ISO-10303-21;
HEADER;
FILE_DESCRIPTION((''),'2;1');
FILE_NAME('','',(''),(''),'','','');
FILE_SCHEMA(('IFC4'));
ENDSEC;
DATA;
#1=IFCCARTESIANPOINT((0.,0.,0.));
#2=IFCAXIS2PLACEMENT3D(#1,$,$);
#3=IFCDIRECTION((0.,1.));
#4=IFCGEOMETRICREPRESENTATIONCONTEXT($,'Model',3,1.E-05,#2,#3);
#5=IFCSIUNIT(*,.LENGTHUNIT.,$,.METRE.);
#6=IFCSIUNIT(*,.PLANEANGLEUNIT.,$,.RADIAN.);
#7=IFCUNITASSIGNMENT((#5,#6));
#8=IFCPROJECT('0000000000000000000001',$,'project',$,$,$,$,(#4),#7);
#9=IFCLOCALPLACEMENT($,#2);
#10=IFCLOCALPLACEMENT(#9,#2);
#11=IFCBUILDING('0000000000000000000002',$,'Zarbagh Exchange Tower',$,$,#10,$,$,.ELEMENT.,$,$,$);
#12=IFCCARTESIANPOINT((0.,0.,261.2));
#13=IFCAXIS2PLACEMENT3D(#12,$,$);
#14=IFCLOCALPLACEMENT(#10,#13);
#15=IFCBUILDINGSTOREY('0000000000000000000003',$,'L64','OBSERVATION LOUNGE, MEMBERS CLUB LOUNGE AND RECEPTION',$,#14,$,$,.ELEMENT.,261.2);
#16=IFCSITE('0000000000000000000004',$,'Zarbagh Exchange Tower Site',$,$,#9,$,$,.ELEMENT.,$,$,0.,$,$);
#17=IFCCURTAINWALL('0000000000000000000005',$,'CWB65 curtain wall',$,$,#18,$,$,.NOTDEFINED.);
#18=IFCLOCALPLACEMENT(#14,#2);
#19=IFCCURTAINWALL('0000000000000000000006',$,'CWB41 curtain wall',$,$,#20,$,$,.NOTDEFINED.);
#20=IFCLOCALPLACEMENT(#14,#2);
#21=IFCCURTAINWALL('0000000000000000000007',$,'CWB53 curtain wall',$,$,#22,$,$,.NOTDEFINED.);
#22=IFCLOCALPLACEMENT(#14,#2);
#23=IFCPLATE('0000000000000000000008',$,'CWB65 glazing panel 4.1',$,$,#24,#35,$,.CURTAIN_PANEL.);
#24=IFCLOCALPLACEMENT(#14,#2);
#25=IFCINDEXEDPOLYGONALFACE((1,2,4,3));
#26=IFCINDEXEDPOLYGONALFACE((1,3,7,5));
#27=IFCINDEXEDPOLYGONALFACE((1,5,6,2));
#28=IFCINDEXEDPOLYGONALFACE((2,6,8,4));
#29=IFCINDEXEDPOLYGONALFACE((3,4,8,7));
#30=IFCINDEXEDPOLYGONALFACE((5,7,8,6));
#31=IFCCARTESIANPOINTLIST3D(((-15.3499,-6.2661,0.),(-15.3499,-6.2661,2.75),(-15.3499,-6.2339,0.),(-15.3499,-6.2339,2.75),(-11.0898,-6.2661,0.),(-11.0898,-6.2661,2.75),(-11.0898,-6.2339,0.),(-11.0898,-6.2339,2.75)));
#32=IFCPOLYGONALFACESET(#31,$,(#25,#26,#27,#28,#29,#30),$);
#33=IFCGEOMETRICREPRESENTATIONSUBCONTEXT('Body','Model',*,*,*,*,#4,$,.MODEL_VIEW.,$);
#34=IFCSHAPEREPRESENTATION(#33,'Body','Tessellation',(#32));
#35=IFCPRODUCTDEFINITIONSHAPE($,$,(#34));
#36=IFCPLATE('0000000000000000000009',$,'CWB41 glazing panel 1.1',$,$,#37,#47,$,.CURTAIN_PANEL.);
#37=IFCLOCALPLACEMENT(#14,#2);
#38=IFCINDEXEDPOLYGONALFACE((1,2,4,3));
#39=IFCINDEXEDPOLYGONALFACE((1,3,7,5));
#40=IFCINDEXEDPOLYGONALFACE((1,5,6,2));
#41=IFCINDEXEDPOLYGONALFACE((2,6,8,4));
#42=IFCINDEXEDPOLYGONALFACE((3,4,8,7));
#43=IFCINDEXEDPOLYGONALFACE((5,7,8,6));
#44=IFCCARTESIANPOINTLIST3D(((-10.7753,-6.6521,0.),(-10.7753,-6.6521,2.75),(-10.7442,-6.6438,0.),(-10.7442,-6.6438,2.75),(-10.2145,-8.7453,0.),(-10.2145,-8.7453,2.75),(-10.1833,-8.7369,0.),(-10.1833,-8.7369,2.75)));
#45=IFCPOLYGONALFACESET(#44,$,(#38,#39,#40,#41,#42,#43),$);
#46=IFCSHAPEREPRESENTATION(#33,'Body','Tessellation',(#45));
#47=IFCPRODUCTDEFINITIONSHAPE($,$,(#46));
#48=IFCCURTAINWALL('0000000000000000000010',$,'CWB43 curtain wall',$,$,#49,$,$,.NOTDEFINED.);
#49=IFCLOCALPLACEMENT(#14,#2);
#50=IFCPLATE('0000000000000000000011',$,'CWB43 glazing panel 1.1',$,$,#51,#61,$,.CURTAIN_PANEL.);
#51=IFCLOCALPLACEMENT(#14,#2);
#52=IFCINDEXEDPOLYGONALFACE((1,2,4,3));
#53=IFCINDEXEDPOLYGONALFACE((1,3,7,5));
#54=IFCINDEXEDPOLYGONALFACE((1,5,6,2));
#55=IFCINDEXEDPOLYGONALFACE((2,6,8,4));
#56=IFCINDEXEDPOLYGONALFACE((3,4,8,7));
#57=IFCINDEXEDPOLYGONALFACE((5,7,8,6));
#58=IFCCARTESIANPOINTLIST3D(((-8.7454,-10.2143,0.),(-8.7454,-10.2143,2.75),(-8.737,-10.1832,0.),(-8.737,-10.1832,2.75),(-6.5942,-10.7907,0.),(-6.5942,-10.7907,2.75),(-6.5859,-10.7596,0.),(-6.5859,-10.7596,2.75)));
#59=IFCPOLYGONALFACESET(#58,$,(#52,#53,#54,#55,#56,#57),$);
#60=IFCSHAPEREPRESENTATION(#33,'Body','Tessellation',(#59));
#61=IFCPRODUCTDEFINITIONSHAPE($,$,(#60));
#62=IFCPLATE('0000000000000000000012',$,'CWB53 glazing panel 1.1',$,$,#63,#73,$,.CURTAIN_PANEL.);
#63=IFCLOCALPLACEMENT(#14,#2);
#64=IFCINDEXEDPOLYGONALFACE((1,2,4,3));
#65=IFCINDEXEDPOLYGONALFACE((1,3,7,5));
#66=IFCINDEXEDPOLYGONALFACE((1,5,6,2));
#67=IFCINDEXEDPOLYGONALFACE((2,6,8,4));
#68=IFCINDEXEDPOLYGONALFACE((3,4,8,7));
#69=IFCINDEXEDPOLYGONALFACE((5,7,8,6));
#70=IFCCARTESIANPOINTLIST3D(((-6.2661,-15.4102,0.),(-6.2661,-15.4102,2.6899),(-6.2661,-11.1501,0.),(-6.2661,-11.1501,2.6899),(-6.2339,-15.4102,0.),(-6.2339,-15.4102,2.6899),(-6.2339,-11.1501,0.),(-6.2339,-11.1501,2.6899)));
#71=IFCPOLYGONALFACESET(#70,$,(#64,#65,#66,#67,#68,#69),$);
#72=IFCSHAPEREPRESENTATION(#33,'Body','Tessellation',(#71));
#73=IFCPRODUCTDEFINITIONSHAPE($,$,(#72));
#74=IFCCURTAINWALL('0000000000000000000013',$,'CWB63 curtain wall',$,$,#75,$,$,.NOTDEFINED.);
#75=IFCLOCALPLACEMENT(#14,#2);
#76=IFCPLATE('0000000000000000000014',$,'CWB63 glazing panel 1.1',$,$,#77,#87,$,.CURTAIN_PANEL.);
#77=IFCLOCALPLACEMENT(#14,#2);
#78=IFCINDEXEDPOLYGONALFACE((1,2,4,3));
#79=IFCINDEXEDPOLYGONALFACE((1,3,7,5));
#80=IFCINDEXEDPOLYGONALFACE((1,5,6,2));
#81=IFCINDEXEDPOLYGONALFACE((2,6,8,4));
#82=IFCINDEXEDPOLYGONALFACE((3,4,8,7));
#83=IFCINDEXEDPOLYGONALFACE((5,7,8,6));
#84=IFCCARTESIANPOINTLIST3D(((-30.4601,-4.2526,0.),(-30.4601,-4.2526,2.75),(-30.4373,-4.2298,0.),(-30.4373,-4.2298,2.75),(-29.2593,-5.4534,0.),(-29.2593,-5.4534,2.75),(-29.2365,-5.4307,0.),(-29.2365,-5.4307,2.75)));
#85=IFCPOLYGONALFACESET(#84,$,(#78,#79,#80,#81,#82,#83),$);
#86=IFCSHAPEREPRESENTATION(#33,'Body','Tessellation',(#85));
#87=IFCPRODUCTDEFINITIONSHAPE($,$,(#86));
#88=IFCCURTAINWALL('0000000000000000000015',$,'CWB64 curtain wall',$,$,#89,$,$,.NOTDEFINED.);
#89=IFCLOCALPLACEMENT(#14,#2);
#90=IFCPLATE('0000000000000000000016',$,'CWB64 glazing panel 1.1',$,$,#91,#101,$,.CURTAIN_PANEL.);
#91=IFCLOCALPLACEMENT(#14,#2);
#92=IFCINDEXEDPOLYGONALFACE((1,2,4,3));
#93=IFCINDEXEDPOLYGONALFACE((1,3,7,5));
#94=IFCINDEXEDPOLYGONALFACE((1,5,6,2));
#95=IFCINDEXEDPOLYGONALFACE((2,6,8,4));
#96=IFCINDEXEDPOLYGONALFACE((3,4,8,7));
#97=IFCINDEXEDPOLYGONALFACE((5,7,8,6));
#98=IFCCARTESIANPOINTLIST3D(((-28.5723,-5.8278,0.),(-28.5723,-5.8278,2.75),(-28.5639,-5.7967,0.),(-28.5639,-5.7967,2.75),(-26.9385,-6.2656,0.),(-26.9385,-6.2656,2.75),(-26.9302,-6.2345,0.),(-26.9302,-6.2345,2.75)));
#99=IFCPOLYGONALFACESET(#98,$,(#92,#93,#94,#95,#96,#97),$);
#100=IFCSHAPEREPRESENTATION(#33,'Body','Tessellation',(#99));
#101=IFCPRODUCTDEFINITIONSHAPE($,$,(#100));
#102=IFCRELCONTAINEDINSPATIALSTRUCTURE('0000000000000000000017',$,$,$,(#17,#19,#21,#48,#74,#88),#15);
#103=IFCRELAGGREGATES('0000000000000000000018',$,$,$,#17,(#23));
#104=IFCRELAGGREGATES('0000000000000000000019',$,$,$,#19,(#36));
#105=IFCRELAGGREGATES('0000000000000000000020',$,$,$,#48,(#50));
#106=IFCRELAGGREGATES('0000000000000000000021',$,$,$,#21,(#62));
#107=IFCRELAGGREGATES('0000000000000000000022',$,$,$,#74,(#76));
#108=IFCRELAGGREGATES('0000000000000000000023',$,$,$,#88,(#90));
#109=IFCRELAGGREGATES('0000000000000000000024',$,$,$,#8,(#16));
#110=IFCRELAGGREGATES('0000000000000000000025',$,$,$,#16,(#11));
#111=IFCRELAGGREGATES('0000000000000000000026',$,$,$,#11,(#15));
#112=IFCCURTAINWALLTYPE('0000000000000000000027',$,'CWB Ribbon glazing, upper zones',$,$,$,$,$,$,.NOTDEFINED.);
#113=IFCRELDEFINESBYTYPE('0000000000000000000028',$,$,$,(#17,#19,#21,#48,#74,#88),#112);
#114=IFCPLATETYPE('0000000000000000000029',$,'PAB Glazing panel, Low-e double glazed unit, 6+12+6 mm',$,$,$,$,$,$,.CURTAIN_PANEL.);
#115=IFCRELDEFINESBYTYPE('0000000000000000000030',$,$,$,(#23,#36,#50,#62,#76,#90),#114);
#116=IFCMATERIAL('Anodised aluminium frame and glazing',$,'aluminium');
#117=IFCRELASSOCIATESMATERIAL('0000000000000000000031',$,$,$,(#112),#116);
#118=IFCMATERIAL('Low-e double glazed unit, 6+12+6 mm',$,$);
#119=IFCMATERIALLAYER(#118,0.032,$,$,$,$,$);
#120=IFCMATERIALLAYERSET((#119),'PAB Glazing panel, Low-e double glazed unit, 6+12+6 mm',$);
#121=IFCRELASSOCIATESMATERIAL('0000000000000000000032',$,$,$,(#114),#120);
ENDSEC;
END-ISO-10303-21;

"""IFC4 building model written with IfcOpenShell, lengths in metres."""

from ifc_helpers import new_model, si_unit, direction, frame, origin, place, context, subcontext, project, spatial, polyline, outline, extrude, source, transform, mapped, material, layer, layer_set, type_object, element, aggregate, save


model = new_model("IFC4")

# Units and contexts
model_context = context("Model", 3, precision=1e-05, world=origin(), true_north=direction((0.0, 1.0)))
body_context = subcontext(model_context, "Body", "Model", "MODEL_VIEW")
ifc_project = project(units=[si_unit("LENGTHUNIT", "METRE"), si_unit("PLANEANGLEUNIT", "RADIAN")], contexts=[model_context])

# Site, building, storey
site_placement = place(None, origin())
site = spatial("IfcSite", under=ifc_project, at=site_placement, Name="Zarbagh Exchange Tower Site", CompositionType="ELEMENT", RefElevation=0.0)
building_placement = place(site_placement, origin())
building = spatial("IfcBuilding", under=site, at=building_placement, Name="Zarbagh Exchange Tower", CompositionType="ELEMENT")
storey_placement = place(building_placement, frame((0.0, 0.0, 261.2)))
storey = spatial("IfcBuildingStorey", under=building, at=storey_placement, Name="L64", Description="OBSERVATION LOUNGE, MEMBERS CLUB LOUNGE AND RECEPTION", CompositionType="ELEMENT", Elevation=261.2)

# Shared definitions
ifc_material_1 = material(Name="Anodised aluminium frame and glazing", Category="aluminium")
curtain_wall_type = type_object("IfcCurtainWallType", Name="CWB Ribbon glazing, upper zones", PredefinedType="NOTDEFINED", material=ifc_material_1)
placement = place(storey_placement, origin())

# Curtain wall
curtain_wall_1_placement = place(storey_placement, origin())
curtain_wall_1 = element("IfcCurtainWall", 1, at=curtain_wall_1_placement, inside=storey, type_object=curtain_wall_type, Name="CWB65 curtain wall", PredefinedType="NOTDEFINED")

# Curtain wall
curtain_wall_2_placement = place(storey_placement, origin())
curtain_wall_2 = element("IfcCurtainWall", 2, at=curtain_wall_2_placement, inside=storey, type_object=curtain_wall_type, Name="CWB41 curtain wall", PredefinedType="NOTDEFINED")

# Curtain wall
curtain_wall_3_placement = place(storey_placement, origin())
curtain_wall_3 = element("IfcCurtainWall", 3, at=curtain_wall_3_placement, inside=storey, type_object=curtain_wall_type, Name="CWB53 curtain wall", PredefinedType="NOTDEFINED")

# Shared definitions
ifc_material_2 = material(Name="Low-e double glazed unit, 6+12+6 mm")
ifc_layer = layer(ifc_material_2, 0.032)
ifc_layer_set = layer_set([ifc_layer], Name="PAB Glazing panel, Low-e double glazed unit, 6+12+6 mm")
plate_type = type_object("IfcPlateType", Name="PAB Glazing panel, Low-e double glazed unit, 6+12+6 mm", PredefinedType="CURTAIN_PANEL", material=ifc_layer_set)

# Plates
shared_shape_1 = source(origin(), body_context, "Body", "SweptSolid", [
    extrude(outline(polyline([(0.0, -0.0161), (4.26, -0.0161), (4.26, 0.0161), (0.0, 0.0161), (0.0, -0.0161)])), origin(), (0.0, 0.0, 1.0), 2.75),
])
plate_1 = element("IfcPlate", 4, at=placement, type_object=plate_type, Name="CWB65 glazing panel 4.1", PredefinedType="CURTAIN_PANEL", context=body_context, shape_type="MappedRepresentation", body=[
    mapped(shared_shape_1, transform((-15.3499, -6.25, 0.0), x_axis=(1.0, 0.0, 0.0), y_axis=(0.0, 1.0, 0.0), z_axis=(0.0, 0.0, 1.0))),
])
aggregate(curtain_wall_1, [plate_1])
shared_shape_2 = source(origin(), body_context, "Body", "SweptSolid", [
    extrude(outline(polyline([(0.0, -0.0161), (2.167, -0.0161), (2.167, 0.0161), (0.0, 0.0161), (0.0, -0.0161)])), origin(), (0.0, 0.0, 1.0), 2.75),
])
plate_2 = element("IfcPlate", 5, at=placement, type_object=plate_type, Name="CWB41 glazing panel 1.1", PredefinedType="CURTAIN_PANEL", context=body_context, shape_type="MappedRepresentation", body=[
    mapped(shared_shape_2, transform((-10.7598, -6.6479, 0.0), x_axis=(0.258825, -0.965924, 0.0), y_axis=(0.965924, 0.258825, 0.0), z_axis=(0.0, 0.0, 1.0))),
])
aggregate(curtain_wall_2, [plate_2])

# Curtain wall, plate
curtain_wall_4_placement = place(storey_placement, origin())
curtain_wall_4 = element("IfcCurtainWall", 6, at=curtain_wall_4_placement, inside=storey, type_object=curtain_wall_type, Name="CWB43 curtain wall", PredefinedType="NOTDEFINED")
shared_shape_3 = source(origin(), body_context, "Body", "SweptSolid", [
    extrude(outline(polyline([(0.0, -0.0161), (2.2271, -0.0161), (2.2271, 0.0161), (0.0, 0.0161), (0.0, -0.0161)])), origin(), (0.0, 0.0, 1.0), 2.75),
])
plate_3 = element("IfcPlate", 7, at=placement, type_object=plate_type, Name="CWB43 glazing panel 1.1", PredefinedType="CURTAIN_PANEL", context=body_context, shape_type="MappedRepresentation", body=[
    mapped(shared_shape_3, transform((-8.7412, -10.1987, 0.0), x_axis=(0.965924, -0.258825, 0.0), y_axis=(0.258825, 0.965924, 0.0), z_axis=(0.0, 0.0, 1.0))),
])
aggregate(curtain_wall_4, [plate_3])

# Plate
shared_shape_4 = source(origin(), body_context, "Body", "SweptSolid", [
    extrude(outline(polyline([(0.0, -0.0161), (4.26, -0.0161), (4.26, 0.0161), (0.0, 0.0161), (0.0, -0.0161)])), origin(), (0.0, 0.0, 1.0), 2.6899),
])
plate_4 = element("IfcPlate", 8, at=placement, type_object=plate_type, Name="CWB53 glazing panel 1.1", PredefinedType="CURTAIN_PANEL", context=body_context, shape_type="MappedRepresentation", body=[
    mapped(shared_shape_4, transform((-6.25, -11.1501, 0.0), x_axis=(0.0, -1.0, 0.0), y_axis=(1.0, 0.0, 0.0), z_axis=(0.0, 0.0, 1.0))),
])
aggregate(curtain_wall_3, [plate_4])

# Curtain walls, plates
curtain_wall_5_placement = place(storey_placement, origin())
curtain_wall_5 = element("IfcCurtainWall", 9, at=curtain_wall_5_placement, inside=storey, type_object=curtain_wall_type, Name="CWB63 curtain wall", PredefinedType="NOTDEFINED")
shared_shape_5 = source(origin(), body_context, "Body", "SweptSolid", [
    extrude(outline(polyline([(0.0, -0.0161), (1.6982, -0.0161), (1.6982, 0.0161), (0.0, 0.0161), (0.0, -0.0161)])), origin(), (0.0, 0.0, 1.0), 2.75),
])
plate_5 = element("IfcPlate", 10, at=placement, type_object=plate_type, Name="CWB63 glazing panel 1.1", PredefinedType="CURTAIN_PANEL", context=body_context, shape_type="MappedRepresentation", body=[
    mapped(shared_shape_5, transform((-30.4487, -4.2412, 0.0), x_axis=(0.707107, -0.707107, 0.0), y_axis=(0.707107, 0.707107, 0.0), z_axis=(0.0, 0.0, 1.0))),
])
aggregate(curtain_wall_5, [plate_5])
curtain_wall_6_placement = place(storey_placement, origin())
curtain_wall_6 = element("IfcCurtainWall", 11, at=curtain_wall_6_placement, inside=storey, type_object=curtain_wall_type, Name="CWB64 curtain wall", PredefinedType="NOTDEFINED")
shared_shape_6 = source(origin(), body_context, "Body", "SweptSolid", [
    extrude(outline(polyline([(0.0, -0.0161), (1.6914, -0.0161), (1.6914, 0.0161), (0.0, 0.0161), (0.0, -0.0161)])), origin(), (0.0, 0.0, 1.0), 2.75),
])
plate_6 = element("IfcPlate", 12, at=placement, type_object=plate_type, Name="CWB64 glazing panel 1.1", PredefinedType="CURTAIN_PANEL", context=body_context, shape_type="MappedRepresentation", body=[
    mapped(shared_shape_6, transform((-28.5681, -5.8123, 0.0), x_axis=(0.965924, -0.258825, 0.0), y_axis=(0.258825, 0.965924, 0.0), z_axis=(0.0, 0.0, 1.0))),
])
aggregate(curtain_wall_6, [plate_6])

save(model, "model.ifc")
